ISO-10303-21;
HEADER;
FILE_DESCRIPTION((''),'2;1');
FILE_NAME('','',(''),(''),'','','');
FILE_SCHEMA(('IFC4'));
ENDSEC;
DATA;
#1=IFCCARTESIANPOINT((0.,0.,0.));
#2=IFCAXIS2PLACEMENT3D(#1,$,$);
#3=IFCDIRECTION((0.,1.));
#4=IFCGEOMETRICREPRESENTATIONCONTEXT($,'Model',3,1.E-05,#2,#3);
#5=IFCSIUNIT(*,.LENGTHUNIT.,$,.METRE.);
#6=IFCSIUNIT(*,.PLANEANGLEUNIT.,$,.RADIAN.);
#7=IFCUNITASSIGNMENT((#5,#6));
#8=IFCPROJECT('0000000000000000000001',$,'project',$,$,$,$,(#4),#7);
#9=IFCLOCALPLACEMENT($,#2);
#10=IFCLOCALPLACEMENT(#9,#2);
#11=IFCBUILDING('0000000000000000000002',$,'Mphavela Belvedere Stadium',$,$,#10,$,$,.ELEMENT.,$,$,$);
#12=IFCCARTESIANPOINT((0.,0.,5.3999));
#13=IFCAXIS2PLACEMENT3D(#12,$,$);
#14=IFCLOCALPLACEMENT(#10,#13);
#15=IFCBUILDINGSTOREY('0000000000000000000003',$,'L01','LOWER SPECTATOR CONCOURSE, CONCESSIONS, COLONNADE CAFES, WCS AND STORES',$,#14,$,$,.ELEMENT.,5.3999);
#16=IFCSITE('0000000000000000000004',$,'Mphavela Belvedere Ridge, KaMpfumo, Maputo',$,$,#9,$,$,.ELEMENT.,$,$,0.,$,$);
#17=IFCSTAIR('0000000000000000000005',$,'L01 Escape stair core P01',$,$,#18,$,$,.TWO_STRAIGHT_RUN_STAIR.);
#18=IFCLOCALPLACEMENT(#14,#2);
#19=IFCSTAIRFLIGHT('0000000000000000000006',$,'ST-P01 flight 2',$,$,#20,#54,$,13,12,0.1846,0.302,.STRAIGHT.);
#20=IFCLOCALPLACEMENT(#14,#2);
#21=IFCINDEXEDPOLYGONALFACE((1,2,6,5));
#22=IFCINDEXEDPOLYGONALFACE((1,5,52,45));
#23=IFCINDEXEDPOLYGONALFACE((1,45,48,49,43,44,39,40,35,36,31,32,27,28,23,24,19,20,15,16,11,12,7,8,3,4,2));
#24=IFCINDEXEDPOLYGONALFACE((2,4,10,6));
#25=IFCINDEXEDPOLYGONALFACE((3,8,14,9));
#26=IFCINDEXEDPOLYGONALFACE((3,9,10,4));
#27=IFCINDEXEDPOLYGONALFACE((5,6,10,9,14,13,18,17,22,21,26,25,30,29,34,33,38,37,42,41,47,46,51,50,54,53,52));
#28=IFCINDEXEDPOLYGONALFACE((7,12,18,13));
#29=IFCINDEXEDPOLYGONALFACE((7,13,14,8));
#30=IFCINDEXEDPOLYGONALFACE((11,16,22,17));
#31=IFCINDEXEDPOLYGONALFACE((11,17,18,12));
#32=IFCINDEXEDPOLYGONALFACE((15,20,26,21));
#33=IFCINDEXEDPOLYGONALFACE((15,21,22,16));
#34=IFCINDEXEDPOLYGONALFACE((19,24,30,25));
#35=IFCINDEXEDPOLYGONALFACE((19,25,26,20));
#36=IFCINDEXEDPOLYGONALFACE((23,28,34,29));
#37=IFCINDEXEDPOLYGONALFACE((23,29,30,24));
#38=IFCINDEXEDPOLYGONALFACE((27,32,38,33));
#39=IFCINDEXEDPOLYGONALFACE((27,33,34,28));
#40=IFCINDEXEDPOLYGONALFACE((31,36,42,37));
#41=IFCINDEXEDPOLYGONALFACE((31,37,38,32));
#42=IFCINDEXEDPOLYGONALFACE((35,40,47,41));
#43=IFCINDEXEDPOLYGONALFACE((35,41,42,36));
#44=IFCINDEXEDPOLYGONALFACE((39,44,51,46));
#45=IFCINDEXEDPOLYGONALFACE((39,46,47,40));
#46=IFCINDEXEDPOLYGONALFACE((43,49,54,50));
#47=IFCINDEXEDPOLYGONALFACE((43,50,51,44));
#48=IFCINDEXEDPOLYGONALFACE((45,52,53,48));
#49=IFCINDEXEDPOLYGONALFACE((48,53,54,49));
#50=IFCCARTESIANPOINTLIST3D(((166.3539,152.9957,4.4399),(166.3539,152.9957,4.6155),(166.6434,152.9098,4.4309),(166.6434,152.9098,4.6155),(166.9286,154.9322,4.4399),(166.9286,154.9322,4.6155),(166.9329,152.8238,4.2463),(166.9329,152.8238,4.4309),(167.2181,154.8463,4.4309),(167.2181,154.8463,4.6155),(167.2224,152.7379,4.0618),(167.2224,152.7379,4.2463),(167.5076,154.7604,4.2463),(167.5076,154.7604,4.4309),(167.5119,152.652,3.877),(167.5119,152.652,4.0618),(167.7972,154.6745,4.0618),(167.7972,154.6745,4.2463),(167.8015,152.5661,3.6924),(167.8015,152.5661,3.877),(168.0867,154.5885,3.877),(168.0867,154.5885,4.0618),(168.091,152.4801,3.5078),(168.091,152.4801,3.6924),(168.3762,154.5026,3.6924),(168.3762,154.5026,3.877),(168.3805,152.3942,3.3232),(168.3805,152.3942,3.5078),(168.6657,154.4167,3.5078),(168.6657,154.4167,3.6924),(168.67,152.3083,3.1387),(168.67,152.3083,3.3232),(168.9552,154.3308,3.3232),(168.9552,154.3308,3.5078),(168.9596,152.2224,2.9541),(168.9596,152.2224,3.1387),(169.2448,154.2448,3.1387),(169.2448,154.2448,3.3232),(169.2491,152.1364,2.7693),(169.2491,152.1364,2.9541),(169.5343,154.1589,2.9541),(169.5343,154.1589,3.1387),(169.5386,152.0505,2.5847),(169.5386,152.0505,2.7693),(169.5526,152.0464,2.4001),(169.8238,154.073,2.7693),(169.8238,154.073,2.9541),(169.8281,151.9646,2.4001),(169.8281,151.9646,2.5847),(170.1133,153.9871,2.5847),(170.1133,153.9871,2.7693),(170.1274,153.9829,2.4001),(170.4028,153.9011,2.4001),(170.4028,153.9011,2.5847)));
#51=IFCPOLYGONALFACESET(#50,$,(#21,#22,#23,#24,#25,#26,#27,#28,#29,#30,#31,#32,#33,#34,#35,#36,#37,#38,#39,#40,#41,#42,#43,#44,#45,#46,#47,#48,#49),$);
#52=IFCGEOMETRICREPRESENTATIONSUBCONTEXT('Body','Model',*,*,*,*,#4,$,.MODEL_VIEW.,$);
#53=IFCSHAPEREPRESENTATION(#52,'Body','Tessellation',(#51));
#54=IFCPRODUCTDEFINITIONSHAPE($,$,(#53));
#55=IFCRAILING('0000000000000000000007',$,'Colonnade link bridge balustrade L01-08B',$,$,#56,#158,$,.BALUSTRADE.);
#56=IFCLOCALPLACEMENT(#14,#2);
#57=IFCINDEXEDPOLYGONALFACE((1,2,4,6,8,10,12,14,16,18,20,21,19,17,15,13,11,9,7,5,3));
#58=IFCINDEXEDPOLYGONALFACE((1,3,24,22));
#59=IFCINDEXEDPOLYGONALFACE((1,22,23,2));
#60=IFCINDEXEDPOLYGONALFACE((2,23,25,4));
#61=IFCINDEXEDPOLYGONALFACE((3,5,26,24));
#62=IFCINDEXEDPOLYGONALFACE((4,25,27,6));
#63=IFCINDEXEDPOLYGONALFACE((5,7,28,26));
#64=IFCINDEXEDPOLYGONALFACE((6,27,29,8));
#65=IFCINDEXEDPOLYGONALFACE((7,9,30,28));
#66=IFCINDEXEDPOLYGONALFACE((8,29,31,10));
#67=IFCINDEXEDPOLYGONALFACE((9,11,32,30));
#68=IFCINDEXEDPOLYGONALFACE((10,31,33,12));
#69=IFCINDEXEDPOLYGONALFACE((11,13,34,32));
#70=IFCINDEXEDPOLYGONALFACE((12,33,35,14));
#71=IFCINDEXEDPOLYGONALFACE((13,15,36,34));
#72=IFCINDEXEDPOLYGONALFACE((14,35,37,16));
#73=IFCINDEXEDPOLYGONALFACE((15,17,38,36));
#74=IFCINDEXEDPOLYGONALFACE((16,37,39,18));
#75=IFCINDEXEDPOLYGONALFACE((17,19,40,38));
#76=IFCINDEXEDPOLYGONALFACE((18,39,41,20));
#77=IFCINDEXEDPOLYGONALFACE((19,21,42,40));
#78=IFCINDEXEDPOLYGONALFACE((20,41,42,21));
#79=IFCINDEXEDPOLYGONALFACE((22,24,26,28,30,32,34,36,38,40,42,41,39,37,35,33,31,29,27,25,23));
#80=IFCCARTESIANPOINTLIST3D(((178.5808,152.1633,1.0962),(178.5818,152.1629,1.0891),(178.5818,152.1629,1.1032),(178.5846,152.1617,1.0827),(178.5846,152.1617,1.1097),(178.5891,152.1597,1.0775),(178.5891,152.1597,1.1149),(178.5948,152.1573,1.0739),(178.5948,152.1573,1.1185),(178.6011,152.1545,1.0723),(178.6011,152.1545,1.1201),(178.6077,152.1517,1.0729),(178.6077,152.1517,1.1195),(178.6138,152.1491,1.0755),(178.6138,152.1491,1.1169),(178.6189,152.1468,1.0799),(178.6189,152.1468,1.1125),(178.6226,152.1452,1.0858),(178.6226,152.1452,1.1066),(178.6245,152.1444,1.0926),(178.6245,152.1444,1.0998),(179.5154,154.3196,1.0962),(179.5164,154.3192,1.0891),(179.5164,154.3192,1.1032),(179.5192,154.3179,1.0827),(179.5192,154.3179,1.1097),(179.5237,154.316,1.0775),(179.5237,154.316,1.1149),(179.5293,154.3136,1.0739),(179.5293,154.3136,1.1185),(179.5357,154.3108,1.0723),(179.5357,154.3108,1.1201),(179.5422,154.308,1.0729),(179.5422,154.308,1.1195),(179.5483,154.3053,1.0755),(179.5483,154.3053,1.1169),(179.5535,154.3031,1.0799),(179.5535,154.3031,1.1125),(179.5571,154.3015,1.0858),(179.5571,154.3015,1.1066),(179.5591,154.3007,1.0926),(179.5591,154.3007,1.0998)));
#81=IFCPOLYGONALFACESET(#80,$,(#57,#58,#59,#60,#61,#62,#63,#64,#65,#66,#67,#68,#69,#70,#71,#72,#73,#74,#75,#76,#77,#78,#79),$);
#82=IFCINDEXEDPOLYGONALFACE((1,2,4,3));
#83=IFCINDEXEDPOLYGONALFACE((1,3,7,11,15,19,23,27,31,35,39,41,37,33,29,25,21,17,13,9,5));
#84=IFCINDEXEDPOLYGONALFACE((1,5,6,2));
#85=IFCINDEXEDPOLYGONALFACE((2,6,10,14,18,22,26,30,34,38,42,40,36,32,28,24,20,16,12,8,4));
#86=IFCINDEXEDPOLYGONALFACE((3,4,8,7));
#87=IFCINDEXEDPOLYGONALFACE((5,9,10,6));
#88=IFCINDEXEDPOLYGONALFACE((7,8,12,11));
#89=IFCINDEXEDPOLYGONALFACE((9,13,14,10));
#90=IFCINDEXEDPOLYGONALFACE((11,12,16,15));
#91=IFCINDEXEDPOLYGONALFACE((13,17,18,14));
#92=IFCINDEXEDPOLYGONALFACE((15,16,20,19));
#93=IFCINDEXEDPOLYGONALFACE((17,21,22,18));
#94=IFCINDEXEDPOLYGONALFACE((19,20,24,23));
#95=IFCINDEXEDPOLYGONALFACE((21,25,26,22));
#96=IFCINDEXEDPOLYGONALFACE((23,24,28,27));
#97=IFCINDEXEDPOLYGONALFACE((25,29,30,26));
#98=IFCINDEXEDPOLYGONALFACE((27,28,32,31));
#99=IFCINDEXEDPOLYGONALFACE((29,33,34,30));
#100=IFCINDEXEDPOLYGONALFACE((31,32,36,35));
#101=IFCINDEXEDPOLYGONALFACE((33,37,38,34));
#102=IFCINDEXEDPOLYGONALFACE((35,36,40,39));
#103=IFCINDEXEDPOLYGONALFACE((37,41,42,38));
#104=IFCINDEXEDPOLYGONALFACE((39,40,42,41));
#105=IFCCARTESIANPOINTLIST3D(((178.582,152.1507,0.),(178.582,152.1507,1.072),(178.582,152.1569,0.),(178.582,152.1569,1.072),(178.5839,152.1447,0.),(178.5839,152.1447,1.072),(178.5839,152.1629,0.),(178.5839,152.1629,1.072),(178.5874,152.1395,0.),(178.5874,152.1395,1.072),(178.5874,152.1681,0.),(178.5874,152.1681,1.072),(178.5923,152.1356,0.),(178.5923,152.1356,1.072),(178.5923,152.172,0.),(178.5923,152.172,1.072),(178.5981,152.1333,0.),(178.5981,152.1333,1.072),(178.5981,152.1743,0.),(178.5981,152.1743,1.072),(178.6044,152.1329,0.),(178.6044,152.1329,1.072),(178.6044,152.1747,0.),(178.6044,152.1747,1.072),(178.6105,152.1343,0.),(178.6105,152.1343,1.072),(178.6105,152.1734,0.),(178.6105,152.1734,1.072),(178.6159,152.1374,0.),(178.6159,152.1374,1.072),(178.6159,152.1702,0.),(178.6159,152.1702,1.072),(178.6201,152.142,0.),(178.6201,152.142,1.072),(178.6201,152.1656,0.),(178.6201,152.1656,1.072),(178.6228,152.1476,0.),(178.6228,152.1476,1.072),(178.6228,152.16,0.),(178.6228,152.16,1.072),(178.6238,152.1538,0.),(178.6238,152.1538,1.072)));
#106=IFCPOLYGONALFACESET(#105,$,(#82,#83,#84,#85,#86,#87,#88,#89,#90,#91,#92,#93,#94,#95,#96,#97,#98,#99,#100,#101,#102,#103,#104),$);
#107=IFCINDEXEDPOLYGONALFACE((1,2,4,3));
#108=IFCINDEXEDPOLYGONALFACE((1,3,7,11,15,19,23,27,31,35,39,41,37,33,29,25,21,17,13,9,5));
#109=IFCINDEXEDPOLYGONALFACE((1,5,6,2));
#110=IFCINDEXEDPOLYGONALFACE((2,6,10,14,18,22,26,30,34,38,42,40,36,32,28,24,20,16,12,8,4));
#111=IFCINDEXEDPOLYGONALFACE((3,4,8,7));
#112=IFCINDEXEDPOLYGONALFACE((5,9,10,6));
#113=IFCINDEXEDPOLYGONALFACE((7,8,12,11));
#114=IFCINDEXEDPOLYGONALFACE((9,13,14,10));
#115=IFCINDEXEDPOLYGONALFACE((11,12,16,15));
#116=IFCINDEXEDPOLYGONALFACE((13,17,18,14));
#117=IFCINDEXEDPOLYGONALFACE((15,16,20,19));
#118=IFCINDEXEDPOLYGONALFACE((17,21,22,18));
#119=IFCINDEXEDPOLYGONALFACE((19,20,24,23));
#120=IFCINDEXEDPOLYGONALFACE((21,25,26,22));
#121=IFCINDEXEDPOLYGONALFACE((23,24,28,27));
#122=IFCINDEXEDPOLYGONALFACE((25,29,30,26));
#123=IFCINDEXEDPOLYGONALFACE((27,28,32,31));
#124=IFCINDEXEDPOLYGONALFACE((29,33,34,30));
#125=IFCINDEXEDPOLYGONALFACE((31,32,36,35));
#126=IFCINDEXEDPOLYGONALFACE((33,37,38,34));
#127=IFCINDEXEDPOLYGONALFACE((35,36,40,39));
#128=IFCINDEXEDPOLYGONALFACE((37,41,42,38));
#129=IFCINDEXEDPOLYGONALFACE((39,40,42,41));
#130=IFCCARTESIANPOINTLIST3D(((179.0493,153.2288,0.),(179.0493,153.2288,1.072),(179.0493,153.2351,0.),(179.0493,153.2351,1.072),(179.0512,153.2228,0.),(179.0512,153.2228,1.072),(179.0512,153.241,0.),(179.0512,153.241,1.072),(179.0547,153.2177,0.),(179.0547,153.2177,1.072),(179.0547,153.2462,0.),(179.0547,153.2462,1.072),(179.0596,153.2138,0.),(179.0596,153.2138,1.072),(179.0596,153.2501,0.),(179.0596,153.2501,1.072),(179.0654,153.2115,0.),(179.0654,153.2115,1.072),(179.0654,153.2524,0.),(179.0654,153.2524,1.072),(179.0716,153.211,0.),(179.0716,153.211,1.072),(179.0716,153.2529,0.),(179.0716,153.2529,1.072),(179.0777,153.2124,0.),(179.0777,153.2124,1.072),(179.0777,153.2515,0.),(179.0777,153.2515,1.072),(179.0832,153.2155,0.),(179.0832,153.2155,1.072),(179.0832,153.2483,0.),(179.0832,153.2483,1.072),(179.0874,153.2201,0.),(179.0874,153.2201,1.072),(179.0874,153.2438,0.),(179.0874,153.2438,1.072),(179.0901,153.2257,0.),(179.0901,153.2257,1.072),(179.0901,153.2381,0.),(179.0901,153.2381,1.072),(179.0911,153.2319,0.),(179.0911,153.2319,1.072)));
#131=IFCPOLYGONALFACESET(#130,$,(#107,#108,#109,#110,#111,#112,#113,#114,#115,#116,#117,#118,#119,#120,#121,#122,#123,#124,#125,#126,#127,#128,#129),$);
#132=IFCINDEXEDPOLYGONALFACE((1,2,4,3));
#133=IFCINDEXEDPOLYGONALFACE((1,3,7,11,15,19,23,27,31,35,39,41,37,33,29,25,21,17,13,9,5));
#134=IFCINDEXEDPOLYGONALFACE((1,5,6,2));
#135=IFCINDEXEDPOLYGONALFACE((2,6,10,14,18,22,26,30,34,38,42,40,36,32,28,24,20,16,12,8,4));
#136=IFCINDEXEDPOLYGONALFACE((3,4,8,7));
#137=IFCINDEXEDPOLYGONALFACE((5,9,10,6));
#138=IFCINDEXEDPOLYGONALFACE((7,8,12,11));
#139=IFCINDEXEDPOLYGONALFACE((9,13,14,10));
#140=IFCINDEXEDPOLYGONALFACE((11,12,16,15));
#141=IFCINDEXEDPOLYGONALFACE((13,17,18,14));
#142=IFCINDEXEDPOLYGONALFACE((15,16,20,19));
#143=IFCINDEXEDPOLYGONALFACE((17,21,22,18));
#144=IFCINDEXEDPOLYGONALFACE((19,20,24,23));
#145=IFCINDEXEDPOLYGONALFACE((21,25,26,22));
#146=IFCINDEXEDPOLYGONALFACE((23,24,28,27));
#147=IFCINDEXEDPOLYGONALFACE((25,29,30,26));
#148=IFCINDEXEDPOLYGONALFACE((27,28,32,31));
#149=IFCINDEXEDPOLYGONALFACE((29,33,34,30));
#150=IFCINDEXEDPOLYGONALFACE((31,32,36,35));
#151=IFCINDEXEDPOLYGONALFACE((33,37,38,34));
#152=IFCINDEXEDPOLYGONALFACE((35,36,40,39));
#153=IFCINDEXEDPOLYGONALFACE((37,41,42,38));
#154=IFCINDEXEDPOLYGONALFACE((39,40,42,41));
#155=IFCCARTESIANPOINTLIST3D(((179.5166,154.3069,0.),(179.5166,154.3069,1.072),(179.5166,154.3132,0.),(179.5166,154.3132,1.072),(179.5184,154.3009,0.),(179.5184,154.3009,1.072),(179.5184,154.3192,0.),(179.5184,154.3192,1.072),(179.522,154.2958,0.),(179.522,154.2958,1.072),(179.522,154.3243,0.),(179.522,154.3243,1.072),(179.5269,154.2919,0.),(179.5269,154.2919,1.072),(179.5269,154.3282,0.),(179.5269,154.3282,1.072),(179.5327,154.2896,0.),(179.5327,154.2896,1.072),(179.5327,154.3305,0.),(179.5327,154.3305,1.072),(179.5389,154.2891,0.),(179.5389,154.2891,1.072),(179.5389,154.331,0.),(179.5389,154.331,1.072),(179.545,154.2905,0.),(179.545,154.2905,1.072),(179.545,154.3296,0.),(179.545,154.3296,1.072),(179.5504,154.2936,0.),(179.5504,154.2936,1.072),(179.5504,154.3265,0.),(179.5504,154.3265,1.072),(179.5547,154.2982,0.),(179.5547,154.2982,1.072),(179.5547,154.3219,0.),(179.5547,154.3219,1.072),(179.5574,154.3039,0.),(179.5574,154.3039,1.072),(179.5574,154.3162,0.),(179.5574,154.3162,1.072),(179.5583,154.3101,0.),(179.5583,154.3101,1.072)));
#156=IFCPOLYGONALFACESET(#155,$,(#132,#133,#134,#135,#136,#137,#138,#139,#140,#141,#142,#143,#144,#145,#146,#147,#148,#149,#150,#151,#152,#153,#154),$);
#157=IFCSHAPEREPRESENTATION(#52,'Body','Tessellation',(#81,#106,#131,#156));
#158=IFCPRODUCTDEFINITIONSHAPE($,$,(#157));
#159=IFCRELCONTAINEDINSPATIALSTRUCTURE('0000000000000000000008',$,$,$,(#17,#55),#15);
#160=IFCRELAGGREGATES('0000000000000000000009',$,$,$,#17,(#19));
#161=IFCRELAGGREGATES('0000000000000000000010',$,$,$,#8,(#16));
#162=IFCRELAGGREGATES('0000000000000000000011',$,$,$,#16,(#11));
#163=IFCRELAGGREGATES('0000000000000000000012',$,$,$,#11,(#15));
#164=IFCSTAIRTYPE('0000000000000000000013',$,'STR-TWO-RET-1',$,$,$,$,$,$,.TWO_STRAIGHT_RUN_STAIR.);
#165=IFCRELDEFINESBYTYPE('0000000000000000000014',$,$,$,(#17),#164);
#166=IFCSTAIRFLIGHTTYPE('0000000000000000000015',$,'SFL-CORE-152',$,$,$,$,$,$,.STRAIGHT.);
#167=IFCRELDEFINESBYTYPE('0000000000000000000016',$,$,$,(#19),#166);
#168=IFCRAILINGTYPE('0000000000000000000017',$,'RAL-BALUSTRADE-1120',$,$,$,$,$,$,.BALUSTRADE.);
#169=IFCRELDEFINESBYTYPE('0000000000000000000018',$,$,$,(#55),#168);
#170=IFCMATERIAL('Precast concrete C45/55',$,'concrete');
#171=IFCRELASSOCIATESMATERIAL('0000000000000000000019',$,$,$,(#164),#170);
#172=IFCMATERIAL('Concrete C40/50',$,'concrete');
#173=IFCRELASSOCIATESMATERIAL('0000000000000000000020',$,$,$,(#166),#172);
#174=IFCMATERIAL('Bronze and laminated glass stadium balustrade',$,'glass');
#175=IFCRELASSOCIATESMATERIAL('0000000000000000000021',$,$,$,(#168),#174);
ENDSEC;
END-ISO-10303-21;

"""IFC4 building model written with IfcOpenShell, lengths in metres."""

from ifc_helpers import new_model, si_unit, direction, frame, origin, origin_2d, place, context, subcontext, project, spatial, polyline, circle, outline, extrude, material, type_object, element, aggregate, save


model = new_model("IFC4")

# Units and contexts
model_context = context("Model", 3, precision=1e-05, world=origin(), true_north=direction((0.0, 1.0)))
body_context = subcontext(model_context, "Body", "Model", "MODEL_VIEW")
ifc_project = project(units=[si_unit("LENGTHUNIT", "METRE"), si_unit("PLANEANGLEUNIT", "RADIAN")], contexts=[model_context])

# Site, building, storey
site_placement = place(None, origin())
site = spatial("IfcSite", under=ifc_project, at=site_placement, Name="Mphavela Belvedere Ridge, KaMpfumo, Maputo", CompositionType="ELEMENT", RefElevation=0.0)
building_placement = place(site_placement, origin())
building = spatial("IfcBuilding", under=site, at=building_placement, Name="Mphavela Belvedere Stadium", CompositionType="ELEMENT")
storey_placement = place(building_placement, frame((0.0, 0.0, 5.3999)))
storey = spatial("IfcBuildingStorey", under=building, at=storey_placement, Name="L01", Description="LOWER SPECTATOR CONCOURSE, CONCESSIONS, COLONNADE CAFES, WCS AND STORES", CompositionType="ELEMENT", Elevation=5.3999)

# Stair, stair flight
ifc_material_1 = material(Name="Precast concrete C45/55", Category="concrete")
stair_type = type_object("IfcStairType", Name="STR-TWO-RET-1", PredefinedType="TWO_STRAIGHT_RUN_STAIR", material=ifc_material_1)
stair_placement = place(storey_placement, origin())
stair = element("IfcStair", 1, at=stair_placement, inside=storey, type_object=stair_type, Name="L01 Escape stair core P01", PredefinedType="TWO_STRAIGHT_RUN_STAIR")
ifc_material_2 = material(Name="Concrete C40/50", Category="concrete")
stair_flight_type = type_object("IfcStairFlightType", Name="SFL-CORE-152", PredefinedType="STRAIGHT", material=ifc_material_2)
stair_flight_1_placement = place(storey_placement, frame((170.1155, 152.9329, 2.4001), z_axis=(0.0, 0.0, 1.0), x_axis=(-0.958671, 0.284517, 0.0)))
stair_flight_1 = element("IfcStairFlight", 2, at=stair_flight_1_placement, type_object=stair_flight_type, Name="ST-P01 flight 2", NumberOfRisers=13, NumberOfTreads=12, PredefinedType="STRAIGHT", RiserHeight=0.1846, TreadLength=0.302, context=body_context, shape_type="SweptSolid", body=[
    extrude(outline(polyline([(0.0, 0.0), (0.0, 0.1846), (0.302, 0.1846), (0.302, 0.3691), (0.604, 0.3691), (0.604, 0.554), (0.906, 0.554), (0.906, 0.7385), (1.208, 0.7385), (1.208, 0.9231), (1.51, 0.9231), (1.51, 1.1077), (1.812, 1.1077), (1.812, 1.2922), (2.114, 1.2922), (2.114, 1.4768), (2.416, 1.4768), (2.416, 1.6616), (2.718, 1.6616), (2.718, 1.8462), (3.02, 1.8462), (3.02, 2.0308), (3.322, 2.0308), (3.322, 2.2153), (3.624, 2.2153), (3.624, 2.3999), (3.624, 2.0398), (0.2874, 0.0), (0.0, 0.0)])), frame((0.0, 1.01, 0.0), z_axis=(0.0, -1.0, 0.0), x_axis=(1.0, 0.0, 0.0)), (0.0, 0.0, 1.0), 2.02),
])
aggregate(stair, [stair_flight_1])

# Railing
ifc_material_3 = material(Name="Bronze and laminated glass stadium balustrade", Category="glass")
railing_type_1 = type_object("IfcRailingType", Name="RAL-BALUSTRADE-1120", PredefinedType="BALUSTRADE", material=ifc_material_3)
railing_1_placement = place(storey_placement, frame((178.6028, 152.1538, 0.0)))
element("IfcRailing", 3, at=railing_1_placement, inside=storey, type_object=railing_type_1, Name="Colonnade link bridge balustrade L01-08B", PredefinedType="BALUSTRADE", context=body_context, shape_type="SweptSolid", body=[
    extrude(circle(Radius=0.0239, at=origin_2d()), frame((0.0, 0.0, 1.0962), z_axis=(0.397677, 0.917525, 0.0), x_axis=(-0.917525, 0.397677, 0.0)), (0.0, 0.0, 1.0), 2.3501),
    extrude(circle(Radius=0.021, at=origin_2d()), origin(), (0.0, 0.0, 1.0), 1.072),
    extrude(circle(Radius=0.021, at=origin_2d()), frame((0.4673, 1.0781, 0.0)), (0.0, 0.0, 1.0), 1.072),
    extrude(circle(Radius=0.021, at=origin_2d()), frame((0.9346, 2.1562, 0.0)), (0.0, 0.0, 1.0), 1.072),
])

save(model, "model.ifc")
